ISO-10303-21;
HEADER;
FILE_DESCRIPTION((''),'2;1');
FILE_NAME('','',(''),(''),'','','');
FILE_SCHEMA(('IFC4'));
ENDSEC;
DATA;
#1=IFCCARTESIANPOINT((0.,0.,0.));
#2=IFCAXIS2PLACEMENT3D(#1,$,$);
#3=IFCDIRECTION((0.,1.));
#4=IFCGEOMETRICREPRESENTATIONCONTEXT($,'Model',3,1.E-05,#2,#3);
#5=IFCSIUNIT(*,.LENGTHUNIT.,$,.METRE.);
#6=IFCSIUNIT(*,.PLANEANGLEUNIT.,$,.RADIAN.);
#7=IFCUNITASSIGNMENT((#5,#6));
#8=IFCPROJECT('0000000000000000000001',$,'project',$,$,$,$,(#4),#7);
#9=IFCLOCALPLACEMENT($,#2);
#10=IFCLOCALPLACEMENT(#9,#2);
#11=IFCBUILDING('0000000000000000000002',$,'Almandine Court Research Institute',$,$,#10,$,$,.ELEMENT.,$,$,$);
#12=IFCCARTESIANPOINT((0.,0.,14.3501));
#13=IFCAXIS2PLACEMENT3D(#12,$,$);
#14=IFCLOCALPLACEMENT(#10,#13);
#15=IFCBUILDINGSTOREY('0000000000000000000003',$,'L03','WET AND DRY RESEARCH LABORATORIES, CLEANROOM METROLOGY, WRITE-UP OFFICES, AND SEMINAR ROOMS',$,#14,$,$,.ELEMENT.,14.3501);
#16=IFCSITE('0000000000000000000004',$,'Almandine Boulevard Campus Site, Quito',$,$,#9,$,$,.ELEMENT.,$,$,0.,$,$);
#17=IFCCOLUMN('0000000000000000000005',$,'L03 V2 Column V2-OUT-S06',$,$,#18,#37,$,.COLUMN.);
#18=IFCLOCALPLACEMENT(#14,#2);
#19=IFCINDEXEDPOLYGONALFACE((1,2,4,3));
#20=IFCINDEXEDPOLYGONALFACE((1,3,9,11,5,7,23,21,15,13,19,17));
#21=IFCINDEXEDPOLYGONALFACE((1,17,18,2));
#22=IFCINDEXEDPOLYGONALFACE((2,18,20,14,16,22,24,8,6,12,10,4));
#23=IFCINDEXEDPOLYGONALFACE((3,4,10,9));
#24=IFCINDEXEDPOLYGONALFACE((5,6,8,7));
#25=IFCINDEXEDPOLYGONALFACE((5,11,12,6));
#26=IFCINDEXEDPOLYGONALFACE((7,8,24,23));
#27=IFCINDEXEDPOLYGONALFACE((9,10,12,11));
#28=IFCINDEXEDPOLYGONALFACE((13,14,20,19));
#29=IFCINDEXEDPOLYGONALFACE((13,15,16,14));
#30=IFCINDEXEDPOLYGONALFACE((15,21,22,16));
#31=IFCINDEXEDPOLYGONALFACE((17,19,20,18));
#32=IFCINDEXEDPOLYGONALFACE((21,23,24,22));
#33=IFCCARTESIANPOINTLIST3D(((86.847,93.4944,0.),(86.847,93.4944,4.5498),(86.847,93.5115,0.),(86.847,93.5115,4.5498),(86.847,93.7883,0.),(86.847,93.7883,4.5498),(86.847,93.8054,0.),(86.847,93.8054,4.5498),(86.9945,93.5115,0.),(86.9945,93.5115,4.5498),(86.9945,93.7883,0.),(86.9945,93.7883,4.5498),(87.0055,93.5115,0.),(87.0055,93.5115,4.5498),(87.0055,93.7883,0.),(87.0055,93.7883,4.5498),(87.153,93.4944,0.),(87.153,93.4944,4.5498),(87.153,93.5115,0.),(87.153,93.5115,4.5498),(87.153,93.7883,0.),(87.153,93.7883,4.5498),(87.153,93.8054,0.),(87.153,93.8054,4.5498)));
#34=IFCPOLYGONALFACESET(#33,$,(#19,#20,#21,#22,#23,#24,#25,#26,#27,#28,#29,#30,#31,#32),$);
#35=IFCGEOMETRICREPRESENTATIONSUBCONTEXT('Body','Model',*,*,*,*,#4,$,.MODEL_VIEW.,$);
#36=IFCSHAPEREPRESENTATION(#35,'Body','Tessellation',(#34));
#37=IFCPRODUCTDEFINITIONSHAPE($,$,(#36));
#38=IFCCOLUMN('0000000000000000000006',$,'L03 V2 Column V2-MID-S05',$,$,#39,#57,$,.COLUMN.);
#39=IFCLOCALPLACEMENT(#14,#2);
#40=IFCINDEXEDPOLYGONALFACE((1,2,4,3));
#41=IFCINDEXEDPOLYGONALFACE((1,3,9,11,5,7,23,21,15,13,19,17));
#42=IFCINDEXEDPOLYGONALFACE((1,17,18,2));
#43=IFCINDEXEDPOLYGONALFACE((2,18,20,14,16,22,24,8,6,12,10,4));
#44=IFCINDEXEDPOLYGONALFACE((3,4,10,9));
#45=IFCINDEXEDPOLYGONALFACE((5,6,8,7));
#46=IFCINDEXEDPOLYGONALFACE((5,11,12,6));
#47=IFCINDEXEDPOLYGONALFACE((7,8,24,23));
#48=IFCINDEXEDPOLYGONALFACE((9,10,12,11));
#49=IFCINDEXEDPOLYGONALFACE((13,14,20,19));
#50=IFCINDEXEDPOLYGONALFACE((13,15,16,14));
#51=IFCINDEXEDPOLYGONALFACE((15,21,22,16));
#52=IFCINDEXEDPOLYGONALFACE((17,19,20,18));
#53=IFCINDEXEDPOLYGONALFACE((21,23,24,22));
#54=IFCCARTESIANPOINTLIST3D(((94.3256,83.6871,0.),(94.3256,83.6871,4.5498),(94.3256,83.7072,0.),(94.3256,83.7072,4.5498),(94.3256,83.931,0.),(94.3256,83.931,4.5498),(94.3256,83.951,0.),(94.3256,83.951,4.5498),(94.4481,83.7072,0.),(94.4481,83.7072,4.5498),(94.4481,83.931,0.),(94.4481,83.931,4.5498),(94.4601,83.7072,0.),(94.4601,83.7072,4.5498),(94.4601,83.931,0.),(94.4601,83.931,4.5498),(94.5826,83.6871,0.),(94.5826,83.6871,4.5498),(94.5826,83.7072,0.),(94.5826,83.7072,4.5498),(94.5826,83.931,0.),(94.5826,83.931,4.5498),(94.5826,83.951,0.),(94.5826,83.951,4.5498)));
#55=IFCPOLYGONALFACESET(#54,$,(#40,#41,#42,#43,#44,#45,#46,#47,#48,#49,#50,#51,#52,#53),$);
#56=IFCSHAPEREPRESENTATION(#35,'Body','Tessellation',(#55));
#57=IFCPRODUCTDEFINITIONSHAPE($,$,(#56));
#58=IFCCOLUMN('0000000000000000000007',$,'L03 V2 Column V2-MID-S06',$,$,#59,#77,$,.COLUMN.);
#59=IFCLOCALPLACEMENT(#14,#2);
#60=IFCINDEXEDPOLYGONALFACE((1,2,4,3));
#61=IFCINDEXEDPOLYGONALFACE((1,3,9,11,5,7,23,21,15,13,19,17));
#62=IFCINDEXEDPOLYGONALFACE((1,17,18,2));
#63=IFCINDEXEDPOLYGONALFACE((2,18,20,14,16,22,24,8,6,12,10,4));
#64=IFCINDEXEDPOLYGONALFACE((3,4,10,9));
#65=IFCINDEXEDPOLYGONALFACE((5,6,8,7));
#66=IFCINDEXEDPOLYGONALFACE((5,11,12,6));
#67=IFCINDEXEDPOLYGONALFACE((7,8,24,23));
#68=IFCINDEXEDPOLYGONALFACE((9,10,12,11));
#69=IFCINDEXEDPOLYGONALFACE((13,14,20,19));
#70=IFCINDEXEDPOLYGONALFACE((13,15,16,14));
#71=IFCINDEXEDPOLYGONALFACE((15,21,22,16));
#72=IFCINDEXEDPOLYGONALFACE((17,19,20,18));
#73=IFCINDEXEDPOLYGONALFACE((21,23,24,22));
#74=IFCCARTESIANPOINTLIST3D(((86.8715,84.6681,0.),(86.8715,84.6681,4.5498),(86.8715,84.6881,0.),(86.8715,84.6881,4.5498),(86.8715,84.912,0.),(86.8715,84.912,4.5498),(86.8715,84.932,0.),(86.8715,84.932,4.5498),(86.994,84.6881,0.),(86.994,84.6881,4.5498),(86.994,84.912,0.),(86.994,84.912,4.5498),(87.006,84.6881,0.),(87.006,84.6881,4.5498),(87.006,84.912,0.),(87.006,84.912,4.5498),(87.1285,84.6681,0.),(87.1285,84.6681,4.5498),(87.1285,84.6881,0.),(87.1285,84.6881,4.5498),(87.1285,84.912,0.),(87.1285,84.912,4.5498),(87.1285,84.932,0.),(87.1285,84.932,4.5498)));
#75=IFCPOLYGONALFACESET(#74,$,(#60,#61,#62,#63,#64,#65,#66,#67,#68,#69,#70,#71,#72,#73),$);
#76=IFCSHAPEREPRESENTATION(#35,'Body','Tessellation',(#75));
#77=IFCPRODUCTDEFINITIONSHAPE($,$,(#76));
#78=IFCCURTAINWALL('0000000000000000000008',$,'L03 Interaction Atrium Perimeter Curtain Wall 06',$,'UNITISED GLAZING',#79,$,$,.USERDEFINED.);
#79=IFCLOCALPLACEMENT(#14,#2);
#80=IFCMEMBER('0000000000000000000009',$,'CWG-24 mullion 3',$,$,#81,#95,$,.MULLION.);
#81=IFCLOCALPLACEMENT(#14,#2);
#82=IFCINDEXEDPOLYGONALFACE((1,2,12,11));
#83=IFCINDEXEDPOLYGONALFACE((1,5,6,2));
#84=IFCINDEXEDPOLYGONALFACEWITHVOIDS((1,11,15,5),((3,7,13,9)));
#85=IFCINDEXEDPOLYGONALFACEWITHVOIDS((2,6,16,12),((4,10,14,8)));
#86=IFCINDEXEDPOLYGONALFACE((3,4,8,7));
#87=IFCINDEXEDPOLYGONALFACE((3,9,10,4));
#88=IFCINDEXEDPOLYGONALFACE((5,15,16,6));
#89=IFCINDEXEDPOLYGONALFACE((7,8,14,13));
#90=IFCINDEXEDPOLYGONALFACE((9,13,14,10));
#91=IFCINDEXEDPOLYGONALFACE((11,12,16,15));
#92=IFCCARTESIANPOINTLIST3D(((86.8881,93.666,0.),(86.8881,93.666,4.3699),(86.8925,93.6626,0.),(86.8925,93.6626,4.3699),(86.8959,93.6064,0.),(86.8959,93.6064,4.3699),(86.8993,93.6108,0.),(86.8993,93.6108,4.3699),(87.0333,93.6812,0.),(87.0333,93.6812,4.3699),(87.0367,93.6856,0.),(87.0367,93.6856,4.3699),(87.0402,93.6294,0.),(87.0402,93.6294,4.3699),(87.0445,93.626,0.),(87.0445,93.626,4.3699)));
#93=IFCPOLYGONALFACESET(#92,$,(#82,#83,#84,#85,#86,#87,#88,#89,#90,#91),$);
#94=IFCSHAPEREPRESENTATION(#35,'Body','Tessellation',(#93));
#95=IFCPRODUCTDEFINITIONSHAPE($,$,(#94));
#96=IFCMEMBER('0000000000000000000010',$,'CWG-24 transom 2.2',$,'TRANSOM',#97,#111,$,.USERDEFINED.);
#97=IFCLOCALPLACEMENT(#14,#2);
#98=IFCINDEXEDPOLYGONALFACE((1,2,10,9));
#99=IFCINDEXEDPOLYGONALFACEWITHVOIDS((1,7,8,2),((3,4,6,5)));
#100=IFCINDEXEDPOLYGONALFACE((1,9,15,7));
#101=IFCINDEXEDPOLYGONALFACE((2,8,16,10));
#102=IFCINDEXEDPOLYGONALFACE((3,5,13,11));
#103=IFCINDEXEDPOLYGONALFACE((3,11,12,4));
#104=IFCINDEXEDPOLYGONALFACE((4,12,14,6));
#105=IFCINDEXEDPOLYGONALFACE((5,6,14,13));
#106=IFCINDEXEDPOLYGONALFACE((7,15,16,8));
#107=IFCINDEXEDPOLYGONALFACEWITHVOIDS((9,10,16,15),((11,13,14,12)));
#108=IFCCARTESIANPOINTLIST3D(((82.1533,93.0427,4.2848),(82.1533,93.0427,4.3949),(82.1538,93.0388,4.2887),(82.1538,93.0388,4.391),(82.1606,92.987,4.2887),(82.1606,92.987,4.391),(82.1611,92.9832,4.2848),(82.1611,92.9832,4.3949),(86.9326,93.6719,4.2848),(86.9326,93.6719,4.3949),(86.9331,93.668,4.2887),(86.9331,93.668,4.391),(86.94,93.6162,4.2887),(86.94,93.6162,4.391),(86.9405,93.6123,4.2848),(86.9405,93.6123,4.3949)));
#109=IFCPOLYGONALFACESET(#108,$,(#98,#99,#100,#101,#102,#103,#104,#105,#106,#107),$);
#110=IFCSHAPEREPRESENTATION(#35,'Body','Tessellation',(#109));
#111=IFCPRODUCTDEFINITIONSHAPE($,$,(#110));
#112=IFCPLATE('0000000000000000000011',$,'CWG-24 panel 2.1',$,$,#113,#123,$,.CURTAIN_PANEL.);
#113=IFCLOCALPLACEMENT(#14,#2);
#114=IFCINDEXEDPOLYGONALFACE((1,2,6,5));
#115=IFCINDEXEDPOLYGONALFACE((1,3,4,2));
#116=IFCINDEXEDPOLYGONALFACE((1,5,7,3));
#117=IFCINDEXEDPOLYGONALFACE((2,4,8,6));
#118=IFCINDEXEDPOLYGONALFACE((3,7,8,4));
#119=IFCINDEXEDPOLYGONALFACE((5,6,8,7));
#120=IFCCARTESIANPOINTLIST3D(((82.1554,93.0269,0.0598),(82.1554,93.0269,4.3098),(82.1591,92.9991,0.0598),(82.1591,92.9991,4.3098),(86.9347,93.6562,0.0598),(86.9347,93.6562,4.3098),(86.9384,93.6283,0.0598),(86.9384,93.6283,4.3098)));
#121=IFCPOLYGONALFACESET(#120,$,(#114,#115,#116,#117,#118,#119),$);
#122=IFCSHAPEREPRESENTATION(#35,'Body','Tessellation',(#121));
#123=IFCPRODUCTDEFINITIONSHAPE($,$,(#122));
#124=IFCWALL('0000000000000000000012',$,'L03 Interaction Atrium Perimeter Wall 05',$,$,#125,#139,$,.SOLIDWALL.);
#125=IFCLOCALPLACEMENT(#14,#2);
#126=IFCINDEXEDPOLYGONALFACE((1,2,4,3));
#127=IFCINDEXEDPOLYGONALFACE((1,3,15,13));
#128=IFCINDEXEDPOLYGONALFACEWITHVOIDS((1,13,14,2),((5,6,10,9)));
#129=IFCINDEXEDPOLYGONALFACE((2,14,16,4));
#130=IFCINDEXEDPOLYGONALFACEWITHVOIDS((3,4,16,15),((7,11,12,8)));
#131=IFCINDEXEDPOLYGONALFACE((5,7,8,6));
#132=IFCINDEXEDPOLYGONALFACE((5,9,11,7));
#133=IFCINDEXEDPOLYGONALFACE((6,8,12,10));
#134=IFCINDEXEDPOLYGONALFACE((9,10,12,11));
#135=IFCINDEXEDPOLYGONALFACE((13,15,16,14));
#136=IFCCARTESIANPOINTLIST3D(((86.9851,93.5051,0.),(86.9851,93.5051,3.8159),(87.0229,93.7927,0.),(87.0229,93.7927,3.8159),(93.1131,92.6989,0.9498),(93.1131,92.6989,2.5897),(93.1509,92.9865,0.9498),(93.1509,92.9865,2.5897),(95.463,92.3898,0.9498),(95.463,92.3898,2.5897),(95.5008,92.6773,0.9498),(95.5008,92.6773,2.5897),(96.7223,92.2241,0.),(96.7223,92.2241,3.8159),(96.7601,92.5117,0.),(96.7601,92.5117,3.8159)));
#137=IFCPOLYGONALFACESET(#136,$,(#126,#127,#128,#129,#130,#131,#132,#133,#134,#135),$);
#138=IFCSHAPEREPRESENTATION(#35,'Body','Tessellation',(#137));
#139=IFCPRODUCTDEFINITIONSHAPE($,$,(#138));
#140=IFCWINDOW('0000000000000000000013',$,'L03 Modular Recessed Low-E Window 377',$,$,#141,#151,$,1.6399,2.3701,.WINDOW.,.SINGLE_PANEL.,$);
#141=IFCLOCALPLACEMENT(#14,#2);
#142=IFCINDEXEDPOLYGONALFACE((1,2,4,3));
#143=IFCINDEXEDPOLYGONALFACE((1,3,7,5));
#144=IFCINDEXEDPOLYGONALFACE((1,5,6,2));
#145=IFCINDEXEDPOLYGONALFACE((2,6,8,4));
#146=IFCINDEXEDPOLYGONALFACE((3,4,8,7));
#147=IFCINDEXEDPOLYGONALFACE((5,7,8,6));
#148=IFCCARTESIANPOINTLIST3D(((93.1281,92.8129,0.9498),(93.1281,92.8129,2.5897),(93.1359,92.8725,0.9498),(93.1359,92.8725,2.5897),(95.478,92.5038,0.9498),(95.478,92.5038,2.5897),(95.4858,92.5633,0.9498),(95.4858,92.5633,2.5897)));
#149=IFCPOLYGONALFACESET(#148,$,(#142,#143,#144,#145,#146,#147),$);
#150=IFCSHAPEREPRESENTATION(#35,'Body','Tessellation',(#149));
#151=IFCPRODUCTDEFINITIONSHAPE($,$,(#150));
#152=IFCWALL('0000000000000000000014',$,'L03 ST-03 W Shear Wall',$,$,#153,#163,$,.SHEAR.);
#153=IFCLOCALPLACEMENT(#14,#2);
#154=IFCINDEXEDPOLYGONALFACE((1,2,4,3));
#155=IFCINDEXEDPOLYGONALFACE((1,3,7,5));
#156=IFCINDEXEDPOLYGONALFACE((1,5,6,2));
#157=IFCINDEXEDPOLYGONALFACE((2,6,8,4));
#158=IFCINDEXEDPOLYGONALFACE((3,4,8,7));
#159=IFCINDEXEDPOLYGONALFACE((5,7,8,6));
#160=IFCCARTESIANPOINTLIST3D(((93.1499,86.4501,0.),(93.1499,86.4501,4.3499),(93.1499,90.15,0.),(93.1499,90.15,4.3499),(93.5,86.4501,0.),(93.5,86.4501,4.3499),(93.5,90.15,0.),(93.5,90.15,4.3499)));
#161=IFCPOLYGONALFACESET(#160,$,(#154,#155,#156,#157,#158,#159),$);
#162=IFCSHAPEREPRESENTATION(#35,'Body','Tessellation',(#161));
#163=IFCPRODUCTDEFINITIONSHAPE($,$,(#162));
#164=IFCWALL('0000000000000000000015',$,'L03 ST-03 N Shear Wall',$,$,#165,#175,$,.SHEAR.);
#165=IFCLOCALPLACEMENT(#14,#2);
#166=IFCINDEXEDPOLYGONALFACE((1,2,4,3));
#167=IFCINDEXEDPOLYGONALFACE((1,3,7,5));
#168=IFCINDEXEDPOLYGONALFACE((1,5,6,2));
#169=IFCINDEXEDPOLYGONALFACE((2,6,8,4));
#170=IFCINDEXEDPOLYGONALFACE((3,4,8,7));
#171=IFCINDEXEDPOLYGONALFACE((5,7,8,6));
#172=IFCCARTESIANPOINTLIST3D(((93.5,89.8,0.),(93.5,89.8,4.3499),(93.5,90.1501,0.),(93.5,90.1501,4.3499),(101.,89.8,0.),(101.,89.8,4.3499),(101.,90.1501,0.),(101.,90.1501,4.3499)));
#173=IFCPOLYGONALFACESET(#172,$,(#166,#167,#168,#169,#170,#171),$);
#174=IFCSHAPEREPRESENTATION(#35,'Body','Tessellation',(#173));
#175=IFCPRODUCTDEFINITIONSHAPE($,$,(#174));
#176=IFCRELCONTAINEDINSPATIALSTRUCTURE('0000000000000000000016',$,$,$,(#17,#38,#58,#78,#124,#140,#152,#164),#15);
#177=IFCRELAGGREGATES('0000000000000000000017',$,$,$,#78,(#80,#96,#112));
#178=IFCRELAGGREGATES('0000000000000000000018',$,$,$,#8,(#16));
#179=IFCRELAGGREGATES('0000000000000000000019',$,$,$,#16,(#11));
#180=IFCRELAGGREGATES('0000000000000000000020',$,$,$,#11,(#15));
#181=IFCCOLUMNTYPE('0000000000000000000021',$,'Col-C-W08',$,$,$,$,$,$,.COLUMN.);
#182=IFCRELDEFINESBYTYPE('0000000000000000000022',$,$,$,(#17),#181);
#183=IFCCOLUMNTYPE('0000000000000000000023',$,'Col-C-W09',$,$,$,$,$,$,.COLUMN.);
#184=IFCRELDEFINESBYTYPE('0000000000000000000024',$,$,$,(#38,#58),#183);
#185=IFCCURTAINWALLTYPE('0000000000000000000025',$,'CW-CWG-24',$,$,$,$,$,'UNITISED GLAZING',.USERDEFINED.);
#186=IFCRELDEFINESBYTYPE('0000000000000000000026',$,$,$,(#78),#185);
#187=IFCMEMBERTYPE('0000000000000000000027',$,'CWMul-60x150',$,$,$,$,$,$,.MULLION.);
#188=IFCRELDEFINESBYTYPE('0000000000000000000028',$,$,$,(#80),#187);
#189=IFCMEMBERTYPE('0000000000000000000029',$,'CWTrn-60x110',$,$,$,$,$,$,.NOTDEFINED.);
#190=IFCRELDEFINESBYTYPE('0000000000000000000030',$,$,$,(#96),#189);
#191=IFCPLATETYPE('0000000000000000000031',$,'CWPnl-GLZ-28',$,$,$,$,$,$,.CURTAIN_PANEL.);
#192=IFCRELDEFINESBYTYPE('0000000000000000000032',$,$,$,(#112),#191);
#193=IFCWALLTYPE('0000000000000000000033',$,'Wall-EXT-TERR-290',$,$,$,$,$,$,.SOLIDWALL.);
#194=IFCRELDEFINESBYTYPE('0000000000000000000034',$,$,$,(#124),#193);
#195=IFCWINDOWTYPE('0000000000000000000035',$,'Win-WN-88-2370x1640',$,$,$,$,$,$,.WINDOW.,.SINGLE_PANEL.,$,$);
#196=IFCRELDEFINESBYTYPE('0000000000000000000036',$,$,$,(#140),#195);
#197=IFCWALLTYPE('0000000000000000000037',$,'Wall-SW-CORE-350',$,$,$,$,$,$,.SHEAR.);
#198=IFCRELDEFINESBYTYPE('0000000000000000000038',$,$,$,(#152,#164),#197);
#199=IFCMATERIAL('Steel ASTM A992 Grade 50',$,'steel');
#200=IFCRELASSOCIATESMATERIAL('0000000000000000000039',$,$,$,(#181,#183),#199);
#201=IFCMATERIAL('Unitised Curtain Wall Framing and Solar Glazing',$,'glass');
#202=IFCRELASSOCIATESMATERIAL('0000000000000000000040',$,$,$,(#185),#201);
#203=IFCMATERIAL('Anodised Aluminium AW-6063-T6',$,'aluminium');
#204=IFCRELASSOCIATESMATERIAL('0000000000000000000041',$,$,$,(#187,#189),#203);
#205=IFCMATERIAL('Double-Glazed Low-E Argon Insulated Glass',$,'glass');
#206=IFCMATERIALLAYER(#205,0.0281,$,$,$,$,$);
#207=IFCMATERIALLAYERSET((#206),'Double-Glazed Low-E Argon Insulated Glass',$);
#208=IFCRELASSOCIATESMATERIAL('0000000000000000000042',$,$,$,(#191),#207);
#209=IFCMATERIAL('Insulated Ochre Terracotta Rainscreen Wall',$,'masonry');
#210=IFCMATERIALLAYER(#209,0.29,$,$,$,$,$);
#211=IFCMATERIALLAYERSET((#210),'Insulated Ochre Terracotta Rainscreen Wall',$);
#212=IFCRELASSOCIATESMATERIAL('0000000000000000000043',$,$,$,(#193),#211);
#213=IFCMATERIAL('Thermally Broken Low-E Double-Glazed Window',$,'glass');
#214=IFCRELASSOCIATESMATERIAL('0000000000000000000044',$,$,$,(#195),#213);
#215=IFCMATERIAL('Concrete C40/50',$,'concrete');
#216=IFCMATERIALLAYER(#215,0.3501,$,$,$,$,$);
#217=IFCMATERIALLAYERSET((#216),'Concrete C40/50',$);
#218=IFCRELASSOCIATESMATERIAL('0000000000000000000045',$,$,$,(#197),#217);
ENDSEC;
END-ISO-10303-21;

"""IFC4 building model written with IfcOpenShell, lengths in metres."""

from ifc_helpers import new_model, si_unit, direction, frame, frame_2d, origin, origin_2d, place, context, subcontext, project, spatial, rectangle, hollow_rectangle, i_section, extrude, material, layer, layer_set, material_profile, profile_set, type_object, element, fill, aggregate, save


model = new_model("IFC4")

# Units and contexts
model_context = context("Model", 3, precision=1e-05, world=origin(), true_north=direction((0.0, 1.0)))
body_context = subcontext(model_context, "Body", "Model", "MODEL_VIEW")
ifc_project = project(units=[si_unit("LENGTHUNIT", "METRE"), si_unit("PLANEANGLEUNIT", "RADIAN")], contexts=[model_context])

# Site, building, storey
site_placement = place(None, origin())
site = spatial("IfcSite", under=ifc_project, at=site_placement, Name="Almandine Boulevard Campus Site, Quito", CompositionType="ELEMENT", RefElevation=0.0)
building_placement = place(site_placement, origin())
building = spatial("IfcBuilding", under=site, at=building_placement, Name="Almandine Court Research Institute", CompositionType="ELEMENT")
storey_placement = place(building_placement, frame((0.0, 0.0, 14.3501)))
storey = spatial("IfcBuildingStorey", under=building, at=storey_placement, Name="L03", Description="WET AND DRY RESEARCH LABORATORIES, CLEANROOM METROLOGY, WRITE-UP OFFICES, AND SEMINAR ROOMS", CompositionType="ELEMENT", Elevation=14.3501)

# Columns
ifc_material_1 = material(Name="Steel ASTM A992 Grade 50", Category="steel")
ifc_material_profile_1 = material_profile(ifc_material_1, i_section(OverallWidth=0.3059, OverallDepth=0.311, WebThickness=0.011, FlangeThickness=0.0171, at=origin_2d()), Name="W310x107")
ifc_profile_set_1 = profile_set([ifc_material_profile_1], Name="Steel ASTM A992 Grade 50")
column_type_1 = type_object("IfcColumnType", Name="Col-C-W08", PredefinedType="COLUMN", material=ifc_profile_set_1)
column_placement = place(storey_placement, frame((87.0, 93.6499, 0.0), z_axis=(0.0, 0.0, 1.0), x_axis=(1.0, 0.0, 0.0)))
element("IfcColumn", 1, at=column_placement, inside=storey, type_object=column_type_1, Name="L03 V2 Column V2-OUT-S06", PredefinedType="COLUMN", context=body_context, shape_type="SweptSolid", body=[
    extrude(i_section(OverallWidth=0.3059, OverallDepth=0.311, WebThickness=0.011, FlangeThickness=0.0171, at=origin_2d()), origin(), (0.0, 0.0, 1.0), 4.5498),
])
ifc_material_profile_2 = material_profile(ifc_material_1, i_section(OverallWidth=0.2571, OverallDepth=0.2639, WebThickness=0.012, FlangeThickness=0.02, at=origin_2d()), Name="W250x101")
ifc_profile_set_2 = profile_set([ifc_material_profile_2], Name="Steel ASTM A992 Grade 50")
column_type_2 = type_object("IfcColumnType", Name="Col-C-W09", PredefinedType="COLUMN", material=ifc_profile_set_2)
for number, where, z_axis, x_axis, name in (
    (2, (94.4541, 83.8191, 0.0), (0.0, 0.0, 1.0), (1.0, 0.0, 0.0), "L03 V2 Column V2-MID-S05"),
    (3, (87.0, 84.8, 0.0), (0.0, 0.0, 1.0), (1.0, 0.0, 0.0), "L03 V2 Column V2-MID-S06"),
):
    element("IfcColumn", number, at=place(storey_placement, frame(where, z_axis=z_axis, x_axis=x_axis)), inside=storey, type_object=column_type_2, Name=name, PredefinedType="COLUMN", context=body_context, shape_type="SweptSolid", body=[
        extrude(i_section(OverallWidth=0.2571, OverallDepth=0.2639, WebThickness=0.012, FlangeThickness=0.02, at=origin_2d()), origin(), (0.0, 0.0, 1.0), 4.5498),
    ])

# Curtain wall, members, plate
ifc_material_2 = material(Name="Unitised Curtain Wall Framing and Solar Glazing", Category="glass")
curtain_wall_type = type_object("IfcCurtainWallType", Name="CW-CWG-24", ElementType="UNITISED GLAZING", PredefinedType="USERDEFINED", material=ifc_material_2)
curtain_wall_placement = place(storey_placement, origin())
curtain_wall = element("IfcCurtainWall", 4, at=curtain_wall_placement, inside=storey, type_object=curtain_wall_type, Name="L03 Interaction Atrium Perimeter Curtain Wall 06", ObjectType="UNITISED GLAZING", PredefinedType="USERDEFINED")
ifc_material_3 = material(Name="Anodised Aluminium AW-6063-T6", Category="aluminium")
ifc_material_profile_3 = material_profile(ifc_material_3, hollow_rectangle(XDim=0.0601, YDim=0.1499, WallThickness=0.0039, at=origin_2d()), Name="ALU RHS 60x150x4")
ifc_profile_set_3 = profile_set([ifc_material_profile_3], Name="Anodised Aluminium AW-6063-T6")
member_type_1 = type_object("IfcMemberType", Name="CWMul-60x150", PredefinedType="MULLION", material=ifc_profile_set_3)
member_1_placement = place(storey_placement, frame((86.9663, 93.646, 0.0), z_axis=(0.0, 0.0, 1.0), x_axis=(-0.130536, 0.991444, 0.0)))
member_1 = element("IfcMember", 5, at=member_1_placement, type_object=member_type_1, Name="CWG-24 mullion 3", PredefinedType="MULLION", context=body_context, shape_type="SweptSolid", body=[
    extrude(hollow_rectangle(XDim=0.0601, YDim=0.1499, WallThickness=0.0039, at=origin_2d()), origin(), (0.0, 0.0, 1.0), 4.3699),
])
ifc_material_profile_4 = material_profile(ifc_material_3, hollow_rectangle(XDim=0.0601, YDim=0.1101, WallThickness=0.0039, at=origin_2d()), Name="ALU RHS 60x110x4")
ifc_profile_set_4 = profile_set([ifc_material_profile_4], Name="Anodised Aluminium AW-6063-T6")
member_type_2 = type_object("IfcMemberType", Name="CWTrn-60x110", PredefinedType="NOTDEFINED", material=ifc_profile_set_4)
member_2_placement = place(storey_placement, frame((82.1572, 93.0129, 4.3398), z_axis=(0.991446, 0.130515, 0.0), x_axis=(-0.130515, 0.991446, 0.0)))
member_2 = element("IfcMember", 6, at=member_2_placement, type_object=member_type_2, Name="CWG-24 transom 2.2", ObjectType="TRANSOM", PredefinedType="USERDEFINED", context=body_context, shape_type="SweptSolid", body=[
    extrude(hollow_rectangle(XDim=0.0601, YDim=0.1101, WallThickness=0.0039, at=origin_2d()), origin(), (0.0, 0.0, 1.0), 4.8206),
])
ifc_material_4 = material(Name="Double-Glazed Low-E Argon Insulated Glass", Category="glass")
ifc_layer_1 = layer(ifc_material_4, 0.0281)
ifc_layer_set_1 = layer_set([ifc_layer_1], Name="Double-Glazed Low-E Argon Insulated Glass")
plate_type = type_object("IfcPlateType", Name="CWPnl-GLZ-28", PredefinedType="CURTAIN_PANEL", material=ifc_layer_set_1)
plate_placement = place(storey_placement, frame((84.5469, 93.3276, 0.0598), z_axis=(0.0, 0.0, 1.0), x_axis=(0.991444, 0.130536, 0.0)))
plate = element("IfcPlate", 7, at=plate_placement, type_object=plate_type, Name="CWG-24 panel 2.1", PredefinedType="CURTAIN_PANEL", context=body_context, shape_type="SweptSolid", body=[
    extrude(rectangle(XDim=4.8206, YDim=0.0281, at=origin_2d()), origin(), (0.0, 0.0, 1.0), 4.25),
])
aggregate(curtain_wall, [member_1, member_2, plate])

# Wall, opening, window
ifc_material_5 = material(Name="Insulated Ochre Terracotta Rainscreen Wall", Category="masonry")
ifc_layer_2 = layer(ifc_material_5, 0.29)
ifc_layer_set_2 = layer_set([ifc_layer_2], Name="Insulated Ochre Terracotta Rainscreen Wall")
wall_type_1 = type_object("IfcWallType", Name="Wall-EXT-TERR-290", PredefinedType="SOLIDWALL", material=ifc_layer_set_2)
wall_1_placement = place(storey_placement, frame((87.0039, 93.6489, 0.0), z_axis=(0.0, 0.0, 1.0), x_axis=(0.991457, -0.130436, 0.0)))
wall_1 = element("IfcWall", 8, at=wall_1_placement, inside=storey, type_object=wall_type_1, Name="L03 Interaction Atrium Perimeter Wall 05", PredefinedType="SOLIDWALL", context=body_context, shape_type="SweptSolid", body=[
    extrude(rectangle(XDim=9.821, YDim=0.29, at=frame_2d((4.9106, 0.0))), origin(), (0.0, 0.0, 1.0), 3.8159),
])
opening_1_placement = place(wall_1_placement, frame((6.1809, 0.0, 0.95)))
opening_1 = element("IfcOpeningElement", 9, at=opening_1_placement, cuts=wall_1, PredefinedType="OPENING", context=body_context, shape_type="SweptSolid", body=[
    extrude(rectangle(XDim=2.3701, YDim=1.6399, at=frame_2d((1.1851, 0.8198))), frame((0.0, 0.155, 0.0), z_axis=(0.0, -1.0, 0.0), x_axis=(1.0, 0.0, 0.0)), (0.0, 0.0, 1.0), 0.3101),
])
ifc_material_6 = material(Name="Thermally Broken Low-E Double-Glazed Window", Category="glass")
window_type = type_object("IfcWindowType", Name="Win-WN-88-2370x1640", PartitioningType="SINGLE_PANEL", PredefinedType="WINDOW", material=ifc_material_6)
window_placement = place(opening_1_placement, origin())
window = element("IfcWindow", 10, at=window_placement, inside=storey, type_object=window_type, Name="L03 Modular Recessed Low-E Window 377", OverallHeight=1.6399, OverallWidth=2.3701, PartitioningType="SINGLE_PANEL", PredefinedType="WINDOW", context=body_context, shape_type="SweptSolid", body=[
    extrude(rectangle(XDim=2.3701, YDim=1.6399, at=frame_2d((1.1851, 0.8198))), frame((0.0, 0.03, 0.0), z_axis=(0.0, -1.0, 0.0), x_axis=(1.0, 0.0, 0.0)), (0.0, 0.0, 1.0), 0.0601),
])
fill(opening_1, window)

# Walls
ifc_material_7 = material(Name="Concrete C40/50", Category="concrete")
ifc_layer_3 = layer(ifc_material_7, 0.3501)
ifc_layer_set_3 = layer_set([ifc_layer_3], Name="Concrete C40/50")
wall_type_2 = type_object("IfcWallType", Name="Wall-SW-CORE-350", PredefinedType="SHEAR", material=ifc_layer_set_3)
wall_2_placement = place(storey_placement, frame((93.325, 86.45, 0.0), z_axis=(0.0, 0.0, 1.0), x_axis=(0.0, 1.0, 0.0)))
element("IfcWall", 11, at=wall_2_placement, inside=storey, type_object=wall_type_2, Name="L03 ST-03 W Shear Wall", PredefinedType="SHEAR", context=body_context, shape_type="SweptSolid", body=[
    extrude(rectangle(XDim=3.7, YDim=0.3501, at=frame_2d((1.8501, 0.0))), origin(), (0.0, 0.0, 1.0), 4.3499),
])
wall_3_placement = place(storey_placement, frame((93.5, 89.9751, 0.0), z_axis=(0.0, 0.0, 1.0), x_axis=(1.0, 0.0, 0.0)))
element("IfcWall", 12, at=wall_3_placement, inside=storey, type_object=wall_type_2, Name="L03 ST-03 N Shear Wall", PredefinedType="SHEAR", context=body_context, shape_type="SweptSolid", body=[
    extrude(rectangle(XDim=7.5, YDim=0.3501, at=frame_2d((3.75, 0.0))), origin(), (0.0, 0.0, 1.0), 4.3499),
])

save(model, "model.ifc")
